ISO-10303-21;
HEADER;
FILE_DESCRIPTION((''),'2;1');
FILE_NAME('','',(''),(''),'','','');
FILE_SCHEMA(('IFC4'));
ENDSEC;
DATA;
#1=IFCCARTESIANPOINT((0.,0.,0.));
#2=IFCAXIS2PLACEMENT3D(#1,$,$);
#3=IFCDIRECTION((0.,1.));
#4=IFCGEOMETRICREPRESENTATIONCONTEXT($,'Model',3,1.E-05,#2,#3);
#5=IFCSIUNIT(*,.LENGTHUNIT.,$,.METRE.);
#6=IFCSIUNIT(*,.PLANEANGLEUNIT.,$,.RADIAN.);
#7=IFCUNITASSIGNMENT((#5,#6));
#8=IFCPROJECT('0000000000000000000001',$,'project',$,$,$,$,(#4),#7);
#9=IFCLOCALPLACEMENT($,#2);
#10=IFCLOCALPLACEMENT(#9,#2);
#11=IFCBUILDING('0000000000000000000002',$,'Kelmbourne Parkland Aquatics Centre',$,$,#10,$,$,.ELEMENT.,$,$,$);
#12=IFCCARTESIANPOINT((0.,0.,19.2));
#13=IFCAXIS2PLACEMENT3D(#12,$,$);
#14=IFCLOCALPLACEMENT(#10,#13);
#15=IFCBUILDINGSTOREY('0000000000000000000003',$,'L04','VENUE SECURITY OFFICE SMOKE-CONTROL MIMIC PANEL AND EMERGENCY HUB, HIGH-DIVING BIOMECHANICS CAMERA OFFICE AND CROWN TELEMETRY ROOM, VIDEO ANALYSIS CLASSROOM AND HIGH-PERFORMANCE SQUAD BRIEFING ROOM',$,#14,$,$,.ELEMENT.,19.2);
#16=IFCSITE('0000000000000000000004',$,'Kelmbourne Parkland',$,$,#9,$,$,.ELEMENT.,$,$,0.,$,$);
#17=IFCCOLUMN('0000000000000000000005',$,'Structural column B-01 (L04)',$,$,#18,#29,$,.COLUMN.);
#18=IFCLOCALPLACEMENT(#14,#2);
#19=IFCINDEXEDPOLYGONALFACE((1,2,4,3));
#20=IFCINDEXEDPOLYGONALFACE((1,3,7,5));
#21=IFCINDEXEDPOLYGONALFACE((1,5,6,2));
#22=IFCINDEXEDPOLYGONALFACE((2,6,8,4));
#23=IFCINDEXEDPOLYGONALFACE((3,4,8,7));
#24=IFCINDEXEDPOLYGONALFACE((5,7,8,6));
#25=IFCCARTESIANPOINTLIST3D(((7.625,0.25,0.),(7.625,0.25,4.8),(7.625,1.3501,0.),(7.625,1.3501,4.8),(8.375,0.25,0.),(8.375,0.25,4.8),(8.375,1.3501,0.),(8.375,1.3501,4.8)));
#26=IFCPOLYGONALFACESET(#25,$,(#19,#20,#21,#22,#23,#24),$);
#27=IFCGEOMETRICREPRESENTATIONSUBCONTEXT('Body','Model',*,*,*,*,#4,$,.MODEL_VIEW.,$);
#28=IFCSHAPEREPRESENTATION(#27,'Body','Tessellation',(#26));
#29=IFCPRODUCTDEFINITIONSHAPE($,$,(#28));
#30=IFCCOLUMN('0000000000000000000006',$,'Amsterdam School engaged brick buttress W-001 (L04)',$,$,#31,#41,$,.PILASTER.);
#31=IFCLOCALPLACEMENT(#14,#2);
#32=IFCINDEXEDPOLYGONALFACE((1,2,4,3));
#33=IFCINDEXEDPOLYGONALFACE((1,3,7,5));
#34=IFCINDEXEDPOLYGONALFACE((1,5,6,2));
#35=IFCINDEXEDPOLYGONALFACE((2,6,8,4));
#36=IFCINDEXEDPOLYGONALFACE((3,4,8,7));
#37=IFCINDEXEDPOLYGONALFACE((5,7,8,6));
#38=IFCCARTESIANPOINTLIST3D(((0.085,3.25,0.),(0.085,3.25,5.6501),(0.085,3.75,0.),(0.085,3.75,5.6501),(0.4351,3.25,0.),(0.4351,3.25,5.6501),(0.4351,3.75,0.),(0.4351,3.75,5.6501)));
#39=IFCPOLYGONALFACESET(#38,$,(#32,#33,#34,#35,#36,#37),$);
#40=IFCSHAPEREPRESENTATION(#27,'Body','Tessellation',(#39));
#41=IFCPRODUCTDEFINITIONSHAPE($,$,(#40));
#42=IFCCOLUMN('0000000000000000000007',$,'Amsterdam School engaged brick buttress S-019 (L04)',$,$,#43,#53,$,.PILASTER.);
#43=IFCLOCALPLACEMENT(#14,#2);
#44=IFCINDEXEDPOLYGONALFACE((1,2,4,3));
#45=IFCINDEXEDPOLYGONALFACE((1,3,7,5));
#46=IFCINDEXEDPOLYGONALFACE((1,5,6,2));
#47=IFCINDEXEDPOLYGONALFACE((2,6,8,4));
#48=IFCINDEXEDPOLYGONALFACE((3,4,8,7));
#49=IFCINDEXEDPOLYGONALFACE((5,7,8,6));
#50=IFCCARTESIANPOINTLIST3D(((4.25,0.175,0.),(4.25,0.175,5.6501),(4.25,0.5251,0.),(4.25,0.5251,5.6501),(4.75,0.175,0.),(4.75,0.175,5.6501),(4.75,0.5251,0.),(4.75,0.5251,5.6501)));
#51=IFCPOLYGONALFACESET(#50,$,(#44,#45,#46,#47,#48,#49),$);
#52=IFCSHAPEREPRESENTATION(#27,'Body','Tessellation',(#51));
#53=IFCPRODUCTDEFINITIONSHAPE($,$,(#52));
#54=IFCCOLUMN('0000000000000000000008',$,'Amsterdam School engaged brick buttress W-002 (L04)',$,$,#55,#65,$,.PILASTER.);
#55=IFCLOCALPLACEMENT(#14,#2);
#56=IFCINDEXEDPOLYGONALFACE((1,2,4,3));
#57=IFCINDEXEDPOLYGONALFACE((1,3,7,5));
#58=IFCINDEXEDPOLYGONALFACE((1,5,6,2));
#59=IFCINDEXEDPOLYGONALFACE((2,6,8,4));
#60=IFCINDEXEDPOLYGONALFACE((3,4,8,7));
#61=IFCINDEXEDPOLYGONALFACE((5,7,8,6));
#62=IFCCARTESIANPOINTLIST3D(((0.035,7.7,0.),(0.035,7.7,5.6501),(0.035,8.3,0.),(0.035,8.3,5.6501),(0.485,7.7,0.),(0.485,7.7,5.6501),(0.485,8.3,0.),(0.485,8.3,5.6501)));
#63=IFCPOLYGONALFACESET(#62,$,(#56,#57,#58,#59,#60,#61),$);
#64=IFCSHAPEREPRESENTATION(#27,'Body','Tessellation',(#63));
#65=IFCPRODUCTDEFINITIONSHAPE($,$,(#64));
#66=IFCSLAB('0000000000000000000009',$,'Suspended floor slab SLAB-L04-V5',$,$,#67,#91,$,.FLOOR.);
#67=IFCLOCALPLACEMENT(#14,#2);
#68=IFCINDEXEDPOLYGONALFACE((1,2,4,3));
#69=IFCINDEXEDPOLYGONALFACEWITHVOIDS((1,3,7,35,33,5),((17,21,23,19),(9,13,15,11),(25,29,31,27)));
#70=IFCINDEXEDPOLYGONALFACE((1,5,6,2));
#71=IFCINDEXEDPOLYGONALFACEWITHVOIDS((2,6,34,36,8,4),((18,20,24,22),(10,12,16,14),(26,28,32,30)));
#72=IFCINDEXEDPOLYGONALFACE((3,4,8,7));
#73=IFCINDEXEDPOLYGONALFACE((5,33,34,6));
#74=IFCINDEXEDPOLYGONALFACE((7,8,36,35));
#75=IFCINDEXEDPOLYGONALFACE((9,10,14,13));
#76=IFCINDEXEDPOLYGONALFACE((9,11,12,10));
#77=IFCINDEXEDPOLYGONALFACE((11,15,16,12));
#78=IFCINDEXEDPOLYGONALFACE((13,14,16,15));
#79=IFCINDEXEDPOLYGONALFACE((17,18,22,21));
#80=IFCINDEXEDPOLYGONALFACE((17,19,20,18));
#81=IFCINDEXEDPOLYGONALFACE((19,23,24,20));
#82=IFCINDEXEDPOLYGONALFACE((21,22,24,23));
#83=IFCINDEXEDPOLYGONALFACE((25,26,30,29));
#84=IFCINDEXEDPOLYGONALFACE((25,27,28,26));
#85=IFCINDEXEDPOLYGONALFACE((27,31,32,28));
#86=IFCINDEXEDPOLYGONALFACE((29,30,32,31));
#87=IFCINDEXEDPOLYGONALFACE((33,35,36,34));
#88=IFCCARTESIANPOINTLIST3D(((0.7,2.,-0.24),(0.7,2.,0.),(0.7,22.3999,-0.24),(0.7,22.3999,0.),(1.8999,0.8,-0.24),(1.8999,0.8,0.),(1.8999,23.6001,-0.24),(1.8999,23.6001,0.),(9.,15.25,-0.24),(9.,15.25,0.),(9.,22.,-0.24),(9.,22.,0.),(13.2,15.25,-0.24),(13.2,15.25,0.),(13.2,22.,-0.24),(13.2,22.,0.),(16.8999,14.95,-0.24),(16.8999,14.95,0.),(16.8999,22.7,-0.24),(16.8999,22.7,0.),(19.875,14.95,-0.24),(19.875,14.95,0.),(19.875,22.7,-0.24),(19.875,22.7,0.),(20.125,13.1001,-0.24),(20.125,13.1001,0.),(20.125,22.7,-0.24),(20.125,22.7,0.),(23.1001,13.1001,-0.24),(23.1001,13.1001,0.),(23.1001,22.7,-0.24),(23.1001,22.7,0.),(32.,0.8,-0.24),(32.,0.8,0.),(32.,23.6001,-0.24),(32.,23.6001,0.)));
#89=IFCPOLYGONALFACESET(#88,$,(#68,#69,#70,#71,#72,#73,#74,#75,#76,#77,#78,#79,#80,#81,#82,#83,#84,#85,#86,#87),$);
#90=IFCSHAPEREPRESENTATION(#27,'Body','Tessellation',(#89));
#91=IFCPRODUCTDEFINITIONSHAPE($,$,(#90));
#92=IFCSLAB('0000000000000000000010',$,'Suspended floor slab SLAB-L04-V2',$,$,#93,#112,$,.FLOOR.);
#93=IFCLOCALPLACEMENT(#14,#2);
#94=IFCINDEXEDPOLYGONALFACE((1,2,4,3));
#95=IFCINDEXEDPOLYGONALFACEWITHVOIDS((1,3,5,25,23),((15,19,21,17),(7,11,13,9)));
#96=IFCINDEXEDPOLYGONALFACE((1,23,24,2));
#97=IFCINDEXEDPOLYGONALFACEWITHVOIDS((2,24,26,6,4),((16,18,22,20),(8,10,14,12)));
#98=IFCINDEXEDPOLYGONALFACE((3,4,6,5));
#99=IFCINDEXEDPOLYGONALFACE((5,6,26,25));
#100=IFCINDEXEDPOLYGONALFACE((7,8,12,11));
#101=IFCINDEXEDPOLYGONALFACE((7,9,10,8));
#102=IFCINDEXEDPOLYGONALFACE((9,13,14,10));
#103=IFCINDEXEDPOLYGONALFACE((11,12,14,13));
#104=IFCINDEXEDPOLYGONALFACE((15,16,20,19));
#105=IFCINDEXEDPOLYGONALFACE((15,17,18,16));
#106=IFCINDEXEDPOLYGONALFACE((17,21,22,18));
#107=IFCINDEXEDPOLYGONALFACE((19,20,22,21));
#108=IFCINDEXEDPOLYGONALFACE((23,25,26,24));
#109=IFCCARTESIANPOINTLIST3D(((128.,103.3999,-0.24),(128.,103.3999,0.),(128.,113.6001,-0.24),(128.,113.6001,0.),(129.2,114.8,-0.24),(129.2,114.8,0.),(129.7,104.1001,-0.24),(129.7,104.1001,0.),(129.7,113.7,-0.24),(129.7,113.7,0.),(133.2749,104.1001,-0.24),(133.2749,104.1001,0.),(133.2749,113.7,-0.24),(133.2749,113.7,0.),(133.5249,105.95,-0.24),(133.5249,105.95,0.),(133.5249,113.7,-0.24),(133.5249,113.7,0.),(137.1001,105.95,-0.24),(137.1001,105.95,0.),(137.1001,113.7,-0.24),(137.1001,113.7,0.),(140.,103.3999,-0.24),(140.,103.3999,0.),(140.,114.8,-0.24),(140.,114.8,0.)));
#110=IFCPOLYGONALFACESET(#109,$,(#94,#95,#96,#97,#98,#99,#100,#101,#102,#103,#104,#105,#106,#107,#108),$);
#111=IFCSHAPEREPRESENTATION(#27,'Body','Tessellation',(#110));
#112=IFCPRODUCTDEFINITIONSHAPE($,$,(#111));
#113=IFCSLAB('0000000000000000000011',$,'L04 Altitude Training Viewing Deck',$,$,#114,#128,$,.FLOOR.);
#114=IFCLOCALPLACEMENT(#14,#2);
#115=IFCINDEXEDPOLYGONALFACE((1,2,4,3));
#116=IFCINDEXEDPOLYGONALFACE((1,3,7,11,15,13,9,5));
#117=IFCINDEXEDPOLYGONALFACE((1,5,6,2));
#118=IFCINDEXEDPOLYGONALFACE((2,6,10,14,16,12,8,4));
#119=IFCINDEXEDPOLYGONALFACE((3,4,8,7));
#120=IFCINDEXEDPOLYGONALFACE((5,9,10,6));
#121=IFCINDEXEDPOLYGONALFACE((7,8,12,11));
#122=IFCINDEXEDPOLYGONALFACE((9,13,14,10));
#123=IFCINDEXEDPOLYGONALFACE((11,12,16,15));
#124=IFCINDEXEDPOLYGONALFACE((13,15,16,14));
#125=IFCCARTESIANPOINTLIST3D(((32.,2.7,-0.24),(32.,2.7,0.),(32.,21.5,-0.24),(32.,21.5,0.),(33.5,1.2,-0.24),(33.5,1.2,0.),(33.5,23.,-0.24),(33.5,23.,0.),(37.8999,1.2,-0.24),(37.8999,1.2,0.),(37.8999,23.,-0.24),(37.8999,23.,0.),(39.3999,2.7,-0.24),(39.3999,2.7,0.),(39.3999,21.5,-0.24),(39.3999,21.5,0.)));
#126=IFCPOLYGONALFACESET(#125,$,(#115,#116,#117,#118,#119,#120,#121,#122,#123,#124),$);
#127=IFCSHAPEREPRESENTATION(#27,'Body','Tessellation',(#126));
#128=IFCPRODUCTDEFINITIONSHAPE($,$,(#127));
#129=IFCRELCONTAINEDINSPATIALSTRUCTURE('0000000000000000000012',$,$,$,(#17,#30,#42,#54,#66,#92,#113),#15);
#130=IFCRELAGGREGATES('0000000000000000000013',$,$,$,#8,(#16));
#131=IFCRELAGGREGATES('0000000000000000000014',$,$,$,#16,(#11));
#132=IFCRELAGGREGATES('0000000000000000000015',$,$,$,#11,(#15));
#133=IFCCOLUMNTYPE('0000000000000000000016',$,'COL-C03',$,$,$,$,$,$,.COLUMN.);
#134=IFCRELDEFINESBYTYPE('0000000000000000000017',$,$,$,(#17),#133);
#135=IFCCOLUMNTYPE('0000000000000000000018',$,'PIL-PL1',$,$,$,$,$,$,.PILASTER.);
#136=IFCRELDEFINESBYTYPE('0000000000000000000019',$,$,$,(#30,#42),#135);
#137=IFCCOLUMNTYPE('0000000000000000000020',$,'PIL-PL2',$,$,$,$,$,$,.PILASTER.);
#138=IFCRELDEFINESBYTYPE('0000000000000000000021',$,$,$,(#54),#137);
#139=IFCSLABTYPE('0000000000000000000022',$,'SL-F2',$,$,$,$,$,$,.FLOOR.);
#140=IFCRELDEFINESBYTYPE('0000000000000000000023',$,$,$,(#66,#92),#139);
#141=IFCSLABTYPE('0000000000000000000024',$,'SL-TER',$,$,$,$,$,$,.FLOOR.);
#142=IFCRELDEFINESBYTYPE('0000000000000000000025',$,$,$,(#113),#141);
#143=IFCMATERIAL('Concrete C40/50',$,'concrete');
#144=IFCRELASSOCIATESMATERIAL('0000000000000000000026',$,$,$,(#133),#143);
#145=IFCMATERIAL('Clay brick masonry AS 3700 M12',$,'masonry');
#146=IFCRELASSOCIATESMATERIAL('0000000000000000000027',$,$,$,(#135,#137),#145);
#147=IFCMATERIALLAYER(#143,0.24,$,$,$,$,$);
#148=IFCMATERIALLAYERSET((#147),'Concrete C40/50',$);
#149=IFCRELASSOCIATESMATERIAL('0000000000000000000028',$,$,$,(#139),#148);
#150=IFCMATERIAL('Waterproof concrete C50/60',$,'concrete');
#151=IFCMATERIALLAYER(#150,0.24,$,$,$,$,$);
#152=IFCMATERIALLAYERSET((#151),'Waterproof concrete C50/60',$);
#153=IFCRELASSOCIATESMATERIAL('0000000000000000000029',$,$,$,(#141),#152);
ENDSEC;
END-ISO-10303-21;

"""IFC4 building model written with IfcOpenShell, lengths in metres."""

from ifc_helpers import new_model, si_unit, direction, frame, origin, origin_2d, place, context, subcontext, project, spatial, polyline, rectangle, outline, extrude, material, layer, layer_set, material_profile, profile_set, type_object, element, save


model = new_model("IFC4")

# Units and contexts
model_context = context("Model", 3, precision=1e-05, world=origin(), true_north=direction((0.0, 1.0)))
body_context = subcontext(model_context, "Body", "Model", "MODEL_VIEW")
ifc_project = project(units=[si_unit("LENGTHUNIT", "METRE"), si_unit("PLANEANGLEUNIT", "RADIAN")], contexts=[model_context])

# Site, building, storey
site_placement = place(None, origin())
site = spatial("IfcSite", under=ifc_project, at=site_placement, Name="Kelmbourne Parkland", CompositionType="ELEMENT", RefElevation=0.0)
building_placement = place(site_placement, origin())
building = spatial("IfcBuilding", under=site, at=building_placement, Name="Kelmbourne Parkland Aquatics Centre", CompositionType="ELEMENT")
storey_placement = place(building_placement, frame((0.0, 0.0, 19.2)))
storey = spatial("IfcBuildingStorey", under=building, at=storey_placement, Name="L04", Description="VENUE SECURITY OFFICE SMOKE-CONTROL MIMIC PANEL AND EMERGENCY HUB, HIGH-DIVING BIOMECHANICS CAMERA OFFICE AND CROWN TELEMETRY ROOM, VIDEO ANALYSIS CLASSROOM AND HIGH-PERFORMANCE SQUAD BRIEFING ROOM", CompositionType="ELEMENT", Elevation=19.2)

# Columns
ifc_material_1 = material(Name="Concrete C40/50", Category="concrete")
ifc_material_profile_1 = material_profile(ifc_material_1, rectangle(XDim=0.75, YDim=1.1001, at=origin_2d()), Name="RC 750x1100")
ifc_profile_set_1 = profile_set([ifc_material_profile_1], Name="Concrete C40/50")
column_type_1 = type_object("IfcColumnType", Name="COL-C03", PredefinedType="COLUMN", material=ifc_profile_set_1)
column_1_placement = place(storey_placement, frame((8.0, 0.8, 0.0), z_axis=(0.0, 0.0, 1.0), x_axis=(1.0, 0.0, 0.0)))
element("IfcColumn", 1, at=column_1_placement, inside=storey, type_object=column_type_1, Name="Structural column B-01 (L04)", PredefinedType="COLUMN", context=body_context, shape_type="SweptSolid", body=[
    extrude(rectangle(XDim=0.75, YDim=1.1001, at=origin_2d()), origin(), (0.0, 0.0, 1.0), 4.8),
])
ifc_material_2 = material(Name="Clay brick masonry AS 3700 M12", Category="masonry")
ifc_material_profile_2 = material_profile(ifc_material_2, rectangle(XDim=0.3501, YDim=0.5, at=origin_2d()), Name="PIL 350x500")
ifc_profile_set_2 = profile_set([ifc_material_profile_2], Name="Clay brick masonry AS 3700 M12")
column_type_2 = type_object("IfcColumnType", Name="PIL-PL1", PredefinedType="PILASTER", material=ifc_profile_set_2)
for number, where, z_axis, x_axis, name in (
    (2, (0.26, 3.5, 0.0), (0.0, 0.0, 1.0), (1.0, 0.0, 0.0), "Amsterdam School engaged brick buttress W-001 (L04)"),
    (3, (4.5, 0.3501, 0.0), (0.0, 0.0, 1.0), (0.0, 1.0, 0.0), "Amsterdam School engaged brick buttress S-019 (L04)"),
):
    element("IfcColumn", number, at=place(storey_placement, frame(where, z_axis=z_axis, x_axis=x_axis)), inside=storey, type_object=column_type_2, Name=name, PredefinedType="PILASTER", context=body_context, shape_type="SweptSolid", body=[
        extrude(rectangle(XDim=0.3501, YDim=0.5, at=origin_2d()), origin(), (0.0, 0.0, 1.0), 5.6501),
    ])
ifc_material_profile_3 = material_profile(ifc_material_2, rectangle(XDim=0.45, YDim=0.6001, at=origin_2d()), Name="PIL 450x600")
ifc_profile_set_3 = profile_set([ifc_material_profile_3], Name="Clay brick masonry AS 3700 M12")
column_type_3 = type_object("IfcColumnType", Name="PIL-PL2", PredefinedType="PILASTER", material=ifc_profile_set_3)
column_2_placement = place(storey_placement, frame((0.26, 8.0, 0.0), z_axis=(0.0, 0.0, 1.0), x_axis=(1.0, 0.0, 0.0)))
element("IfcColumn", 4, at=column_2_placement, inside=storey, type_object=column_type_3, Name="Amsterdam School engaged brick buttress W-002 (L04)", PredefinedType="PILASTER", context=body_context, shape_type="SweptSolid", body=[
    extrude(rectangle(XDim=0.45, YDim=0.6001, at=origin_2d()), origin(), (0.0, 0.0, 1.0), 5.6501),
])

# Slabs
ifc_layer_1 = layer(ifc_material_1, 0.24)
ifc_layer_set_1 = layer_set([ifc_layer_1], Name="Concrete C40/50")
slab_type_1 = type_object("IfcSlabType", Name="SL-F2", PredefinedType="FLOOR", material=ifc_layer_set_1)
slab_1_placement = place(storey_placement, frame((0.0, 0.0, -0.24)))
element("IfcSlab", 5, at=slab_1_placement, inside=storey, type_object=slab_type_1, Name="Suspended floor slab SLAB-L04-V5", PredefinedType="FLOOR", context=body_context, shape_type="SweptSolid", body=[
    extrude(outline(polyline([(32.0, 0.8), (32.0, 23.6001), (1.8999, 23.6001), (0.7, 22.3999), (0.7, 2.0), (1.8999, 0.8), (32.0, 0.8)]), holes=[polyline([(20.125, 13.1001), (20.125, 22.7), (23.1001, 22.7), (23.1001, 13.1001), (20.125, 13.1001)]), polyline([(9.0, 22.0), (13.2, 22.0), (13.2, 15.25), (9.0, 15.25), (9.0, 22.0)]), polyline([(16.8999, 22.7), (19.875, 22.7), (19.875, 14.95), (16.8999, 14.95), (16.8999, 22.7)])]), origin(), (0.0, 0.0, 1.0), 0.24),
])
slab_2_placement = place(storey_placement, frame((0.0, 0.0, -0.24)))
element("IfcSlab", 6, at=slab_2_placement, inside=storey, type_object=slab_type_1, Name="Suspended floor slab SLAB-L04-V2", PredefinedType="FLOOR", context=body_context, shape_type="SweptSolid", body=[
    extrude(outline(polyline([(128.0, 103.3999), (140.0, 103.3999), (140.0, 114.8), (129.2, 114.8), (128.0, 113.6001), (128.0, 103.3999)]), holes=[polyline([(129.7, 104.1001), (129.7, 113.7), (133.2749, 113.7), (133.2749, 104.1001), (129.7, 104.1001)]), polyline([(133.5249, 105.95), (133.5249, 113.7), (137.1001, 113.7), (137.1001, 105.95), (133.5249, 105.95)])]), origin(), (0.0, 0.0, 1.0), 0.24),
])
ifc_material_3 = material(Name="Waterproof concrete C50/60", Category="concrete")
ifc_layer_2 = layer(ifc_material_3, 0.24)
ifc_layer_set_2 = layer_set([ifc_layer_2], Name="Waterproof concrete C50/60")
slab_type_2 = type_object("IfcSlabType", Name="SL-TER", PredefinedType="FLOOR", material=ifc_layer_set_2)
slab_3_placement = place(storey_placement, frame((0.0, 0.0, -0.24)))
element("IfcSlab", 7, at=slab_3_placement, inside=storey, type_object=slab_type_2, Name="L04 Altitude Training Viewing Deck", PredefinedType="FLOOR", context=body_context, shape_type="SweptSolid", body=[
    extrude(outline(polyline([(33.5, 1.2), (37.8999, 1.2), (39.3999, 2.7), (39.3999, 21.5), (37.8999, 23.0), (33.5, 23.0), (32.0, 21.5), (32.0, 2.7), (33.5, 1.2)])), origin(), (0.0, 0.0, 1.0), 0.24),
])

save(model, "model.ifc")
